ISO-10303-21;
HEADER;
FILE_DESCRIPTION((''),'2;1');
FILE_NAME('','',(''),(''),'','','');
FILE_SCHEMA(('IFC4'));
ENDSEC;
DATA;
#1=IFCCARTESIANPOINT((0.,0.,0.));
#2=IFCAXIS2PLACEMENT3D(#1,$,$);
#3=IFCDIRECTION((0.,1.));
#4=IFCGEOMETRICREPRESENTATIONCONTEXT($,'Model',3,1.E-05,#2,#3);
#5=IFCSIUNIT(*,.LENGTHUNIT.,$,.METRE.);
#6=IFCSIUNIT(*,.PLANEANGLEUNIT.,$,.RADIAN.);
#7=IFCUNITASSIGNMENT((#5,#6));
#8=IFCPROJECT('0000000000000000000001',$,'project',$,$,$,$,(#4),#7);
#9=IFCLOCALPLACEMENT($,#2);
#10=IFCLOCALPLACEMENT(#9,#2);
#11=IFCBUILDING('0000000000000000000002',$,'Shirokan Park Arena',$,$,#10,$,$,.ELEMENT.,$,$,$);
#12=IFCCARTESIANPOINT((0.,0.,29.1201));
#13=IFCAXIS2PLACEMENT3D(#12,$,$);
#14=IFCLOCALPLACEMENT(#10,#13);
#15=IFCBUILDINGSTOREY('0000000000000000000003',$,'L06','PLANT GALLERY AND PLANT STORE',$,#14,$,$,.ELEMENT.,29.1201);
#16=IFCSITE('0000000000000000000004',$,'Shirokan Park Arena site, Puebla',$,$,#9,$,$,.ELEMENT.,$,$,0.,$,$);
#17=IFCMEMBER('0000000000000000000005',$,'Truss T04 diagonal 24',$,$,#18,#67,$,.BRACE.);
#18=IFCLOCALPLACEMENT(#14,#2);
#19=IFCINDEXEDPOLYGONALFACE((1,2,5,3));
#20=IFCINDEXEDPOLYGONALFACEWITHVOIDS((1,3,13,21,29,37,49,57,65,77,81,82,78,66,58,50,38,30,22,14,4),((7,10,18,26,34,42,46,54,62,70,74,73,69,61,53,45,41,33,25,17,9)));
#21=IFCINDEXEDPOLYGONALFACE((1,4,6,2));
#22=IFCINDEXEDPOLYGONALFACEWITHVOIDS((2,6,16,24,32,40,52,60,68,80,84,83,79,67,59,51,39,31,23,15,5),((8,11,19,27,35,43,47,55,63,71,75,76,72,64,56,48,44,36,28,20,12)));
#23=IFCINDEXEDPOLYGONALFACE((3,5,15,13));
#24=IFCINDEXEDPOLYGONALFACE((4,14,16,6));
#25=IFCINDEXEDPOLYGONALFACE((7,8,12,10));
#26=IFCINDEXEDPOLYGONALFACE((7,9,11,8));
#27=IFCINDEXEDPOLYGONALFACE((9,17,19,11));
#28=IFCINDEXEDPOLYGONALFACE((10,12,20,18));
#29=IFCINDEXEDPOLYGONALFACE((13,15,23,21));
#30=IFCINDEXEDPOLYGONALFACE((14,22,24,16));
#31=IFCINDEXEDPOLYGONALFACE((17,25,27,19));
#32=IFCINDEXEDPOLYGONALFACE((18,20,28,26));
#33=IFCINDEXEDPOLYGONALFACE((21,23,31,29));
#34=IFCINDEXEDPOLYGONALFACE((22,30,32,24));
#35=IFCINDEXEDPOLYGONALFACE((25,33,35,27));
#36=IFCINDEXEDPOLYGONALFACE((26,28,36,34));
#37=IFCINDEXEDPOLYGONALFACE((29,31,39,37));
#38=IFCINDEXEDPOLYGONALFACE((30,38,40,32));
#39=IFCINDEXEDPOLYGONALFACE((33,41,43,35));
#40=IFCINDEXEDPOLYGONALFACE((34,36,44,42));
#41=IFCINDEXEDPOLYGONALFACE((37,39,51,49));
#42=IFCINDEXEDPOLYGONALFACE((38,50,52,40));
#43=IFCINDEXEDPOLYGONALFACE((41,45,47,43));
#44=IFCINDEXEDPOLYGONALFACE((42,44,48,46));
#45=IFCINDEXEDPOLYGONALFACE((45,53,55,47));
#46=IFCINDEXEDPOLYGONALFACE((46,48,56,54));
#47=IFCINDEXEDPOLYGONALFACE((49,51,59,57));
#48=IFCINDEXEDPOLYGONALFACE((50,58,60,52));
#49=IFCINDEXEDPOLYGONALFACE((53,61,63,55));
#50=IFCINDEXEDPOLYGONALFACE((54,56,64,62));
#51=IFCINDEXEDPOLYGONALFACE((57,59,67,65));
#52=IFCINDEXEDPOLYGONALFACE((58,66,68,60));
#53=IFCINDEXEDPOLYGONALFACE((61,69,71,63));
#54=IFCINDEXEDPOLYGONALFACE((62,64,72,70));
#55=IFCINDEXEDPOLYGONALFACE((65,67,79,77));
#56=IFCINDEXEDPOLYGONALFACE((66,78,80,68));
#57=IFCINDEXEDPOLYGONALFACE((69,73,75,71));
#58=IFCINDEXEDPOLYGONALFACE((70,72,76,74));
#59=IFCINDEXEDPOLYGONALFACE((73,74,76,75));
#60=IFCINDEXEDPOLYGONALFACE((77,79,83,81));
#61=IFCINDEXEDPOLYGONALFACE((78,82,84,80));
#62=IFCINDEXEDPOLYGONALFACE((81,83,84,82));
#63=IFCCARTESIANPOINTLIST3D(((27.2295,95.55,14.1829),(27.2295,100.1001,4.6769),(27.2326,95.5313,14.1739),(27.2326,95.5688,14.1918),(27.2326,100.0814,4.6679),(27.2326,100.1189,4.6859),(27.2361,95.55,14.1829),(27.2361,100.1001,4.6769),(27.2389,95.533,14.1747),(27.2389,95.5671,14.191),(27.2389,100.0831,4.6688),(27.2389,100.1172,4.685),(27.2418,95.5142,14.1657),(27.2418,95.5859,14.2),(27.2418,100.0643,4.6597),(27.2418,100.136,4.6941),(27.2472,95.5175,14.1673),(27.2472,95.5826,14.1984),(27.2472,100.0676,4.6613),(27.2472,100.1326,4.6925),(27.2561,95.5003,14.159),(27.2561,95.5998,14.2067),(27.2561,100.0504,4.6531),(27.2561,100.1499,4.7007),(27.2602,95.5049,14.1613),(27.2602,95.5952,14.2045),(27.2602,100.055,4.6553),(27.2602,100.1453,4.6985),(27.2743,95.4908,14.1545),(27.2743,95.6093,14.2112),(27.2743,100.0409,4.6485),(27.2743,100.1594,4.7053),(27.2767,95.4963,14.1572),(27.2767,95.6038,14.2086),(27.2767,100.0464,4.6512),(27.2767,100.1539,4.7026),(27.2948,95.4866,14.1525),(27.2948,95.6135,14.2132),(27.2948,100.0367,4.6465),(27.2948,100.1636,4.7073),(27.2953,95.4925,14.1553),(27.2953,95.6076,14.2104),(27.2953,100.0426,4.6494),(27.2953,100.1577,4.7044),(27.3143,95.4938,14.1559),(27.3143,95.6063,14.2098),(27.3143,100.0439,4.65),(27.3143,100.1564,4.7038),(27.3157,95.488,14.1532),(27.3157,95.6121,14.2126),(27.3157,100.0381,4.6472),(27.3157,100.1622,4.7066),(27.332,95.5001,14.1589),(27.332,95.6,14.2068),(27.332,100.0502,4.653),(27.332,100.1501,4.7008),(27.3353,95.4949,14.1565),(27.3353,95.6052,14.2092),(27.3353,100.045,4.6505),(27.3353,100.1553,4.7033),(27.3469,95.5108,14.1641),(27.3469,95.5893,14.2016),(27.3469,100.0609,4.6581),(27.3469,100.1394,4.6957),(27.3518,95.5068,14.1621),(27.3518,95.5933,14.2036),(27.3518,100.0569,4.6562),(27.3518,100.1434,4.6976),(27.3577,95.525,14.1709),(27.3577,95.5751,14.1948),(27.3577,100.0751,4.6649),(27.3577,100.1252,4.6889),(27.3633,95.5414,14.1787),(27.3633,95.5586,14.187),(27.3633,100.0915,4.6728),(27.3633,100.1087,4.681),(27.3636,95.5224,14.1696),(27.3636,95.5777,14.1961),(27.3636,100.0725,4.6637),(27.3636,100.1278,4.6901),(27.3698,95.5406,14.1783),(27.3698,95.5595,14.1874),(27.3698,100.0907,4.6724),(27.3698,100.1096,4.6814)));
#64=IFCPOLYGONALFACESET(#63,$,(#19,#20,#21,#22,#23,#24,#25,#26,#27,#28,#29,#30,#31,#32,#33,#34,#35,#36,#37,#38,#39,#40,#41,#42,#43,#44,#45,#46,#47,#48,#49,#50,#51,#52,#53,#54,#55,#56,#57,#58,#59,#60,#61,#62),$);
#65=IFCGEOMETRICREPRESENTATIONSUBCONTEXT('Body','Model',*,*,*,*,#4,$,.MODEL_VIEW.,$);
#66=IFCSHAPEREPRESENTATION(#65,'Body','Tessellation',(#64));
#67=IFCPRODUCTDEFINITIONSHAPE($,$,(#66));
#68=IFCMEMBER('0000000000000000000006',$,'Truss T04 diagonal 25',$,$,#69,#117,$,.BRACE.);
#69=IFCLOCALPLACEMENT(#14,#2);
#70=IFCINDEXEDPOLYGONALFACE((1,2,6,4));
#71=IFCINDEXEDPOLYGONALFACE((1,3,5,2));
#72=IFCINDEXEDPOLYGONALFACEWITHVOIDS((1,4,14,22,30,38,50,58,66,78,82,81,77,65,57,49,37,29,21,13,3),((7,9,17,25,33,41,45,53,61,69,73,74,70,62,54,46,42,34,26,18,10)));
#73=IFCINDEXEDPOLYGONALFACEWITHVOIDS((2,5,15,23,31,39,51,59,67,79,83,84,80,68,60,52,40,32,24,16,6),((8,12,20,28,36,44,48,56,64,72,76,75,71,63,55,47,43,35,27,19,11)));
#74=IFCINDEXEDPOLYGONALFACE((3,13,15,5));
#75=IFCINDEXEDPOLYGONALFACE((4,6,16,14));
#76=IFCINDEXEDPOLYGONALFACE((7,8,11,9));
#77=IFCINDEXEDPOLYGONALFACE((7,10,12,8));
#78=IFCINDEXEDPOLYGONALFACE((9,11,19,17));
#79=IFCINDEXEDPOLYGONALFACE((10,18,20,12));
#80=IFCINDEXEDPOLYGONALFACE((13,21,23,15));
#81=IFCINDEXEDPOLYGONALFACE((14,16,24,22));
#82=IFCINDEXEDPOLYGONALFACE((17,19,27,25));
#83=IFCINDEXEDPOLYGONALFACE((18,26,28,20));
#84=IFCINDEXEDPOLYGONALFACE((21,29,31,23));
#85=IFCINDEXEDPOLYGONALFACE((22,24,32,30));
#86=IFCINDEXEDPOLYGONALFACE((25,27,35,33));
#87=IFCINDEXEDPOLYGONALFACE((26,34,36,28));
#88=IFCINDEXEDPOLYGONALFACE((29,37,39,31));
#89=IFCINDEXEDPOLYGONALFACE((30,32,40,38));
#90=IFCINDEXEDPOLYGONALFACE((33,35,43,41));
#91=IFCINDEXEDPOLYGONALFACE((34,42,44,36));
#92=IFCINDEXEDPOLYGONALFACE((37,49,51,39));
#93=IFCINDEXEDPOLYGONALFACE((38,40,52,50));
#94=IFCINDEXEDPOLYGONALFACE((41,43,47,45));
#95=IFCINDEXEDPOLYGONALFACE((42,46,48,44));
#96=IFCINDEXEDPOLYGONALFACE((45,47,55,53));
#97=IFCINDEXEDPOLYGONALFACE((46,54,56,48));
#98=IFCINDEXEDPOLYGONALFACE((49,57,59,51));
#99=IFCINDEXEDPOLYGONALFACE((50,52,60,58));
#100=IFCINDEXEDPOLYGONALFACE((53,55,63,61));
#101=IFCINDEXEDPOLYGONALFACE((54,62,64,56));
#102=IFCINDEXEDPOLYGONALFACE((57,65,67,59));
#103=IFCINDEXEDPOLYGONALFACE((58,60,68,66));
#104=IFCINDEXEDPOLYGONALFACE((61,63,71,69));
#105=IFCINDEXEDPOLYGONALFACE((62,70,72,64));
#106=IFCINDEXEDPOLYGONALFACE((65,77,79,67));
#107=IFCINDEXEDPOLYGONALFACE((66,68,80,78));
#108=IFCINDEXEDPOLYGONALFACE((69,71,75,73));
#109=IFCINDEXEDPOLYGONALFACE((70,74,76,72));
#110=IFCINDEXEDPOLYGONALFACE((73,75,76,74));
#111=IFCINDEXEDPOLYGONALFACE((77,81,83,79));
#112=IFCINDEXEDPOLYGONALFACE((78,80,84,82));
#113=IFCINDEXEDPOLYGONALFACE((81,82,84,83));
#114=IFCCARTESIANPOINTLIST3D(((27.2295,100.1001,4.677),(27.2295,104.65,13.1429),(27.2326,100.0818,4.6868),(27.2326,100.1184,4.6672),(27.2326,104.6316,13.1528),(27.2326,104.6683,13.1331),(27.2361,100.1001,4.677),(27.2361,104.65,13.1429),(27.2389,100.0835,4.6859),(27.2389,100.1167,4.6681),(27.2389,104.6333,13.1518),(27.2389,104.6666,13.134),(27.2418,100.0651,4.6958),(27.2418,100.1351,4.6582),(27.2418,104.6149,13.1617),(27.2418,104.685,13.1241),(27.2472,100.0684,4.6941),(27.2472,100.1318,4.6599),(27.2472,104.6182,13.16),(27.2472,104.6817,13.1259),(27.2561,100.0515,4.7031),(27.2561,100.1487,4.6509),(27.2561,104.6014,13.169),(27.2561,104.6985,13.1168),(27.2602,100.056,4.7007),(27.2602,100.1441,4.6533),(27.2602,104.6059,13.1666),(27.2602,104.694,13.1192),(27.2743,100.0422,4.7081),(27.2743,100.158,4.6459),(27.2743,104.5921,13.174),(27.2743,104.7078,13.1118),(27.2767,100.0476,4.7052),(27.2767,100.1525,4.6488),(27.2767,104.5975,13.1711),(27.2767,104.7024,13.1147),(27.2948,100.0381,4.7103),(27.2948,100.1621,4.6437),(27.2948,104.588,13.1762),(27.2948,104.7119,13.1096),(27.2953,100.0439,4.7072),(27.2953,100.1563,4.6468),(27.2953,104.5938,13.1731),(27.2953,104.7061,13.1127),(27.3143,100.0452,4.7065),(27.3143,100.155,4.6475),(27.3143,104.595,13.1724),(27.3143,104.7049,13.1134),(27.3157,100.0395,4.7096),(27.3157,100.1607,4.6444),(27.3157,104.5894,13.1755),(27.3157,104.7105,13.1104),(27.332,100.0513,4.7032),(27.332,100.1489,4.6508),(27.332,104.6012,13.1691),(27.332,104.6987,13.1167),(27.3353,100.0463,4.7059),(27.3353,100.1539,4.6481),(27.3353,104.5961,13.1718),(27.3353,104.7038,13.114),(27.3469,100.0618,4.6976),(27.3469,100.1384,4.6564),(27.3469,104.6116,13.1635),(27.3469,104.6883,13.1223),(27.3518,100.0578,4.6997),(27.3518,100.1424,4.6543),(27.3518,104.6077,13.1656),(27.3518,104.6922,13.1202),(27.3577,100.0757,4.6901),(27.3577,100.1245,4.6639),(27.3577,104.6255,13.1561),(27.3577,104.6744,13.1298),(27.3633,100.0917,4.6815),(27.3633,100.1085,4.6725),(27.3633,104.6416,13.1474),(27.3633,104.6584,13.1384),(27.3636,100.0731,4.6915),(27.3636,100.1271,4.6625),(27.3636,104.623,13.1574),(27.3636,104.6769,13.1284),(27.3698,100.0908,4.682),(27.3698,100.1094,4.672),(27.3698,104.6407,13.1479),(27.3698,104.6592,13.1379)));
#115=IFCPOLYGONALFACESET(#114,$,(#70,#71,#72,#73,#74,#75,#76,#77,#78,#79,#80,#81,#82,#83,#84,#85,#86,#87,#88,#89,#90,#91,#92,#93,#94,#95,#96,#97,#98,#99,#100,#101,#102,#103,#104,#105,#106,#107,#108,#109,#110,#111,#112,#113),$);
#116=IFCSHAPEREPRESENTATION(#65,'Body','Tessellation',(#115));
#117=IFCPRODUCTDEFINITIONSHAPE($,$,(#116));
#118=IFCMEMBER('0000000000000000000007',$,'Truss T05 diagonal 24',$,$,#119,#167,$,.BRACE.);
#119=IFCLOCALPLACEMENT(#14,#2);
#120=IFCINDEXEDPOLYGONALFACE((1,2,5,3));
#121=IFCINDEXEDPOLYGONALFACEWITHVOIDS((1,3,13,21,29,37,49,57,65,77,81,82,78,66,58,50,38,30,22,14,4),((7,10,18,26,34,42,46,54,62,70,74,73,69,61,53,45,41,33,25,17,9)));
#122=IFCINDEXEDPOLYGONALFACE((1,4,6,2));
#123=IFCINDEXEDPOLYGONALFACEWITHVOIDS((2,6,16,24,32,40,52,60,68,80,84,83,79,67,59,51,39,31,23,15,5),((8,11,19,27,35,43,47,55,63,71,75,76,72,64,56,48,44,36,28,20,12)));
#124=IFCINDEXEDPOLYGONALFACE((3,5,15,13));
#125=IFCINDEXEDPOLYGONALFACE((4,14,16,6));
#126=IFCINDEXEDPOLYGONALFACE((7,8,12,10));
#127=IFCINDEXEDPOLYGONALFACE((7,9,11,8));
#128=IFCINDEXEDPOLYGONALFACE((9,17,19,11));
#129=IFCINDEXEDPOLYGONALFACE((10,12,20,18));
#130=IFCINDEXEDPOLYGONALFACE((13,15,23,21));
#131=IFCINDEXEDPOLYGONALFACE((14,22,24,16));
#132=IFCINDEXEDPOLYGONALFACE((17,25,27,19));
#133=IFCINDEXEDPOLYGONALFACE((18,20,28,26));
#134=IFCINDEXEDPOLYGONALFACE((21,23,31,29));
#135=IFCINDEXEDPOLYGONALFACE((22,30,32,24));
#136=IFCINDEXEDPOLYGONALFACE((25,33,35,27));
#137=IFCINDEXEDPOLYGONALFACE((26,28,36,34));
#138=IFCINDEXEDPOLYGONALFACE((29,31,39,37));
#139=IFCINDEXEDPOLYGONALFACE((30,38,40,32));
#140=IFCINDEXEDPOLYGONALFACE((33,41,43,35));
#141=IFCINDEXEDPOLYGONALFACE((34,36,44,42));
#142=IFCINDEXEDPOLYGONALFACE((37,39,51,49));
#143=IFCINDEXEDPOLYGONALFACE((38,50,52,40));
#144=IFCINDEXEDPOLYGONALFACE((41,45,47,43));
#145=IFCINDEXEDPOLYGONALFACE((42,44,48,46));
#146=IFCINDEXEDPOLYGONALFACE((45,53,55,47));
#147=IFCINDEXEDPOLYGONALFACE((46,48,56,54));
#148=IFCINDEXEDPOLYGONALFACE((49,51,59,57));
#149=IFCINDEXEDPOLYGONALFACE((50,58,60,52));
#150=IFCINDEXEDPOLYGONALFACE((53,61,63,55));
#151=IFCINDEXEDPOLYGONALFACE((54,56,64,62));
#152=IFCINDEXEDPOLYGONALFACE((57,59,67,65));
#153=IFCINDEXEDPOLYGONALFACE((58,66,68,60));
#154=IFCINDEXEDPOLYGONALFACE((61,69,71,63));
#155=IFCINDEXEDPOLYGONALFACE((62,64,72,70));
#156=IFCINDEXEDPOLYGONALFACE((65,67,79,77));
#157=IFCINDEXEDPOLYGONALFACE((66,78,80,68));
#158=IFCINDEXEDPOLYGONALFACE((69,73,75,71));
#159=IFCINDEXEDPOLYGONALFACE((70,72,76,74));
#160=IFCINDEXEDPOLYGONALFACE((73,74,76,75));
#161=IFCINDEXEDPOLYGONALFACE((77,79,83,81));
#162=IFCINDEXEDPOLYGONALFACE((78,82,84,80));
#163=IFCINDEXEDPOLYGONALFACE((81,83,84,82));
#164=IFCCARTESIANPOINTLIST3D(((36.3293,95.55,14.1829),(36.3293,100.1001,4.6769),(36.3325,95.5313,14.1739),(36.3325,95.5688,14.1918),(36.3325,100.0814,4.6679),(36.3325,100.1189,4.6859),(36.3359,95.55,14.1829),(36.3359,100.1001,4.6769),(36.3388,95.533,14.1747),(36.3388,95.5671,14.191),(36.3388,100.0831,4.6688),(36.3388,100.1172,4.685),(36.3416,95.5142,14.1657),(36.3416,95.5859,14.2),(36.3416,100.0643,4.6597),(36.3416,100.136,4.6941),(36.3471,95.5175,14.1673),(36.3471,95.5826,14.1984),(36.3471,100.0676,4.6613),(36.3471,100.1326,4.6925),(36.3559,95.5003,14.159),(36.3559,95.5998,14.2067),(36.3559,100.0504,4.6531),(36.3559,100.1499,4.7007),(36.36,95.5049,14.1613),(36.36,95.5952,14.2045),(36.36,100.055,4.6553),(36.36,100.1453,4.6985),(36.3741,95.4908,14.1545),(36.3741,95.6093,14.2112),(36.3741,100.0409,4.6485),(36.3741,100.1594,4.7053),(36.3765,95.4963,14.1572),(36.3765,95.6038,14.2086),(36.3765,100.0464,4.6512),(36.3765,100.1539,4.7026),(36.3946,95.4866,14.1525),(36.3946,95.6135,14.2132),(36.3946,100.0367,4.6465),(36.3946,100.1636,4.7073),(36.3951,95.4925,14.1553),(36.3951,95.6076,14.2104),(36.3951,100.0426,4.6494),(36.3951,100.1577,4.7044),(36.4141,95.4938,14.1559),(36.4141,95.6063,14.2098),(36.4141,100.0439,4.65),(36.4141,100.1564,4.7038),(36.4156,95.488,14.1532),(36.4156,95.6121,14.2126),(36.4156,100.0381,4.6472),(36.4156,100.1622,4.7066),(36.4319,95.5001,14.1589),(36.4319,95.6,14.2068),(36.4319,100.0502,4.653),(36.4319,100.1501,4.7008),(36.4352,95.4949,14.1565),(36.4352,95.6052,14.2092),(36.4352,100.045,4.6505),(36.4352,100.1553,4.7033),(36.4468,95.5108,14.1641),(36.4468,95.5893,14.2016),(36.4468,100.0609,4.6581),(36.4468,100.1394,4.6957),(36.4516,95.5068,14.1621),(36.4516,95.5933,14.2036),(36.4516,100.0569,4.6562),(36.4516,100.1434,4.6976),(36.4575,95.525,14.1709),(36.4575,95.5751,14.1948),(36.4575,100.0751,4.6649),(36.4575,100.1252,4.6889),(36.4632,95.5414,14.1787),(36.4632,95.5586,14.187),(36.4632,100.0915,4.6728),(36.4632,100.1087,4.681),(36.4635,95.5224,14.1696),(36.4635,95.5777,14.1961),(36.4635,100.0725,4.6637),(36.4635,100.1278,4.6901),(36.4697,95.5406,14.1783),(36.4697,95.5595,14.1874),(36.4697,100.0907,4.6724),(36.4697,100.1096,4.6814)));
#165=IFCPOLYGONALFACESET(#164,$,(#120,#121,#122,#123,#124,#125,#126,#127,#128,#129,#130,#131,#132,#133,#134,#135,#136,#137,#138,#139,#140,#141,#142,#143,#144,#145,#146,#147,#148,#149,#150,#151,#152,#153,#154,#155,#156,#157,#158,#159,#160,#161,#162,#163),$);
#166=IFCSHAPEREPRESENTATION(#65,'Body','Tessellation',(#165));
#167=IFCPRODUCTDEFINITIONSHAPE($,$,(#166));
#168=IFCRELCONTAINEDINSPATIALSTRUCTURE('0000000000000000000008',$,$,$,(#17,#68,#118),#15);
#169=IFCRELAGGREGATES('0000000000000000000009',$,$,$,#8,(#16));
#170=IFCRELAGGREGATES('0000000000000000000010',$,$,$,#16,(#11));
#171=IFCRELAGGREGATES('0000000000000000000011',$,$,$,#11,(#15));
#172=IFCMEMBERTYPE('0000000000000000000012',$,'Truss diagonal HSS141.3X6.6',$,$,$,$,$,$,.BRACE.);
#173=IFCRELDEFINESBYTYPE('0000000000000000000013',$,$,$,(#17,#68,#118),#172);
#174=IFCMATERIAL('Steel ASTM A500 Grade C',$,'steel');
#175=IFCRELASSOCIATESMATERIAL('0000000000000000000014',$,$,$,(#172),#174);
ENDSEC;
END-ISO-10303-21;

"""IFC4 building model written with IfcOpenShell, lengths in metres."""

from ifc_helpers import new_model, si_unit, direction, frame, origin, origin_2d, place, context, subcontext, project, spatial, hollow_circle, extrude, material, material_profile, profile_set, type_object, element, save


model = new_model("IFC4")

# Units and contexts
model_context = context("Model", 3, precision=1e-05, world=origin(), true_north=direction((0.0, 1.0)))
body_context = subcontext(model_context, "Body", "Model", "MODEL_VIEW")
ifc_project = project(units=[si_unit("LENGTHUNIT", "METRE"), si_unit("PLANEANGLEUNIT", "RADIAN")], contexts=[model_context])

# Site, building, storey
site_placement = place(None, origin())
site = spatial("IfcSite", under=ifc_project, at=site_placement, Name="Shirokan Park Arena site, Puebla", CompositionType="ELEMENT", RefElevation=0.0)
building_placement = place(site_placement, origin())
building = spatial("IfcBuilding", under=site, at=building_placement, Name="Shirokan Park Arena", CompositionType="ELEMENT")
storey_placement = place(building_placement, frame((0.0, 0.0, 29.1201)))
storey = spatial("IfcBuildingStorey", under=building, at=storey_placement, Name="L06", Description="PLANT GALLERY AND PLANT STORE", CompositionType="ELEMENT", Elevation=29.1201)

# Members
ifc_material_1 = material(Name="Steel ASTM A500 Grade C", Category="steel")
ifc_material_profile_1 = material_profile(ifc_material_1, hollow_circle(Radius=0.0706, WallThickness=0.0066, at=origin_2d()), Name="HSS141.3X6.6")
ifc_profile_set_1 = profile_set([ifc_material_profile_1], Name="Steel ASTM A500 Grade C")
member_type_1 = type_object("IfcMemberType", Name="Truss diagonal HSS141.3X6.6", PredefinedType="BRACE", material=ifc_profile_set_1)
member_1_placement = place(storey_placement, frame((27.3, 95.55, 14.1829), z_axis=(0.0, 0.431746, -0.901995), x_axis=(-1.0, 0.0, 0.0)))
element("IfcMember", 1, at=member_1_placement, inside=storey, type_object=member_type_1, Name="Truss T04 diagonal 24", PredefinedType="BRACE", context=body_context, shape_type="SweptSolid", body=[
    extrude(hollow_circle(Radius=0.0706, WallThickness=0.0066, at=origin_2d()), origin(), (0.0, 0.0, 1.0), 10.5388),
])
member_2_placement = place(storey_placement, frame((27.3, 100.1001, 4.677), z_axis=(0.0, 0.473397, 0.880849), x_axis=(-1.0, 0.0, 0.0)))
element("IfcMember", 2, at=member_2_placement, inside=storey, type_object=member_type_1, Name="Truss T04 diagonal 25", PredefinedType="BRACE", context=body_context, shape_type="SweptSolid", body=[
    extrude(hollow_circle(Radius=0.0706, WallThickness=0.0066, at=origin_2d()), origin(), (0.0, 0.0, 1.0), 9.6111),
])
member_3_placement = place(storey_placement, frame((36.3999, 95.55, 14.1829), z_axis=(0.0, 0.431746, -0.901995), x_axis=(-1.0, 0.0, 0.0)))
element("IfcMember", 3, at=member_3_placement, inside=storey, type_object=member_type_1, Name="Truss T05 diagonal 24", PredefinedType="BRACE", context=body_context, shape_type="SweptSolid", body=[
    extrude(hollow_circle(Radius=0.0706, WallThickness=0.0066, at=origin_2d()), origin(), (0.0, 0.0, 1.0), 10.5388),
])

save(model, "model.ifc")
